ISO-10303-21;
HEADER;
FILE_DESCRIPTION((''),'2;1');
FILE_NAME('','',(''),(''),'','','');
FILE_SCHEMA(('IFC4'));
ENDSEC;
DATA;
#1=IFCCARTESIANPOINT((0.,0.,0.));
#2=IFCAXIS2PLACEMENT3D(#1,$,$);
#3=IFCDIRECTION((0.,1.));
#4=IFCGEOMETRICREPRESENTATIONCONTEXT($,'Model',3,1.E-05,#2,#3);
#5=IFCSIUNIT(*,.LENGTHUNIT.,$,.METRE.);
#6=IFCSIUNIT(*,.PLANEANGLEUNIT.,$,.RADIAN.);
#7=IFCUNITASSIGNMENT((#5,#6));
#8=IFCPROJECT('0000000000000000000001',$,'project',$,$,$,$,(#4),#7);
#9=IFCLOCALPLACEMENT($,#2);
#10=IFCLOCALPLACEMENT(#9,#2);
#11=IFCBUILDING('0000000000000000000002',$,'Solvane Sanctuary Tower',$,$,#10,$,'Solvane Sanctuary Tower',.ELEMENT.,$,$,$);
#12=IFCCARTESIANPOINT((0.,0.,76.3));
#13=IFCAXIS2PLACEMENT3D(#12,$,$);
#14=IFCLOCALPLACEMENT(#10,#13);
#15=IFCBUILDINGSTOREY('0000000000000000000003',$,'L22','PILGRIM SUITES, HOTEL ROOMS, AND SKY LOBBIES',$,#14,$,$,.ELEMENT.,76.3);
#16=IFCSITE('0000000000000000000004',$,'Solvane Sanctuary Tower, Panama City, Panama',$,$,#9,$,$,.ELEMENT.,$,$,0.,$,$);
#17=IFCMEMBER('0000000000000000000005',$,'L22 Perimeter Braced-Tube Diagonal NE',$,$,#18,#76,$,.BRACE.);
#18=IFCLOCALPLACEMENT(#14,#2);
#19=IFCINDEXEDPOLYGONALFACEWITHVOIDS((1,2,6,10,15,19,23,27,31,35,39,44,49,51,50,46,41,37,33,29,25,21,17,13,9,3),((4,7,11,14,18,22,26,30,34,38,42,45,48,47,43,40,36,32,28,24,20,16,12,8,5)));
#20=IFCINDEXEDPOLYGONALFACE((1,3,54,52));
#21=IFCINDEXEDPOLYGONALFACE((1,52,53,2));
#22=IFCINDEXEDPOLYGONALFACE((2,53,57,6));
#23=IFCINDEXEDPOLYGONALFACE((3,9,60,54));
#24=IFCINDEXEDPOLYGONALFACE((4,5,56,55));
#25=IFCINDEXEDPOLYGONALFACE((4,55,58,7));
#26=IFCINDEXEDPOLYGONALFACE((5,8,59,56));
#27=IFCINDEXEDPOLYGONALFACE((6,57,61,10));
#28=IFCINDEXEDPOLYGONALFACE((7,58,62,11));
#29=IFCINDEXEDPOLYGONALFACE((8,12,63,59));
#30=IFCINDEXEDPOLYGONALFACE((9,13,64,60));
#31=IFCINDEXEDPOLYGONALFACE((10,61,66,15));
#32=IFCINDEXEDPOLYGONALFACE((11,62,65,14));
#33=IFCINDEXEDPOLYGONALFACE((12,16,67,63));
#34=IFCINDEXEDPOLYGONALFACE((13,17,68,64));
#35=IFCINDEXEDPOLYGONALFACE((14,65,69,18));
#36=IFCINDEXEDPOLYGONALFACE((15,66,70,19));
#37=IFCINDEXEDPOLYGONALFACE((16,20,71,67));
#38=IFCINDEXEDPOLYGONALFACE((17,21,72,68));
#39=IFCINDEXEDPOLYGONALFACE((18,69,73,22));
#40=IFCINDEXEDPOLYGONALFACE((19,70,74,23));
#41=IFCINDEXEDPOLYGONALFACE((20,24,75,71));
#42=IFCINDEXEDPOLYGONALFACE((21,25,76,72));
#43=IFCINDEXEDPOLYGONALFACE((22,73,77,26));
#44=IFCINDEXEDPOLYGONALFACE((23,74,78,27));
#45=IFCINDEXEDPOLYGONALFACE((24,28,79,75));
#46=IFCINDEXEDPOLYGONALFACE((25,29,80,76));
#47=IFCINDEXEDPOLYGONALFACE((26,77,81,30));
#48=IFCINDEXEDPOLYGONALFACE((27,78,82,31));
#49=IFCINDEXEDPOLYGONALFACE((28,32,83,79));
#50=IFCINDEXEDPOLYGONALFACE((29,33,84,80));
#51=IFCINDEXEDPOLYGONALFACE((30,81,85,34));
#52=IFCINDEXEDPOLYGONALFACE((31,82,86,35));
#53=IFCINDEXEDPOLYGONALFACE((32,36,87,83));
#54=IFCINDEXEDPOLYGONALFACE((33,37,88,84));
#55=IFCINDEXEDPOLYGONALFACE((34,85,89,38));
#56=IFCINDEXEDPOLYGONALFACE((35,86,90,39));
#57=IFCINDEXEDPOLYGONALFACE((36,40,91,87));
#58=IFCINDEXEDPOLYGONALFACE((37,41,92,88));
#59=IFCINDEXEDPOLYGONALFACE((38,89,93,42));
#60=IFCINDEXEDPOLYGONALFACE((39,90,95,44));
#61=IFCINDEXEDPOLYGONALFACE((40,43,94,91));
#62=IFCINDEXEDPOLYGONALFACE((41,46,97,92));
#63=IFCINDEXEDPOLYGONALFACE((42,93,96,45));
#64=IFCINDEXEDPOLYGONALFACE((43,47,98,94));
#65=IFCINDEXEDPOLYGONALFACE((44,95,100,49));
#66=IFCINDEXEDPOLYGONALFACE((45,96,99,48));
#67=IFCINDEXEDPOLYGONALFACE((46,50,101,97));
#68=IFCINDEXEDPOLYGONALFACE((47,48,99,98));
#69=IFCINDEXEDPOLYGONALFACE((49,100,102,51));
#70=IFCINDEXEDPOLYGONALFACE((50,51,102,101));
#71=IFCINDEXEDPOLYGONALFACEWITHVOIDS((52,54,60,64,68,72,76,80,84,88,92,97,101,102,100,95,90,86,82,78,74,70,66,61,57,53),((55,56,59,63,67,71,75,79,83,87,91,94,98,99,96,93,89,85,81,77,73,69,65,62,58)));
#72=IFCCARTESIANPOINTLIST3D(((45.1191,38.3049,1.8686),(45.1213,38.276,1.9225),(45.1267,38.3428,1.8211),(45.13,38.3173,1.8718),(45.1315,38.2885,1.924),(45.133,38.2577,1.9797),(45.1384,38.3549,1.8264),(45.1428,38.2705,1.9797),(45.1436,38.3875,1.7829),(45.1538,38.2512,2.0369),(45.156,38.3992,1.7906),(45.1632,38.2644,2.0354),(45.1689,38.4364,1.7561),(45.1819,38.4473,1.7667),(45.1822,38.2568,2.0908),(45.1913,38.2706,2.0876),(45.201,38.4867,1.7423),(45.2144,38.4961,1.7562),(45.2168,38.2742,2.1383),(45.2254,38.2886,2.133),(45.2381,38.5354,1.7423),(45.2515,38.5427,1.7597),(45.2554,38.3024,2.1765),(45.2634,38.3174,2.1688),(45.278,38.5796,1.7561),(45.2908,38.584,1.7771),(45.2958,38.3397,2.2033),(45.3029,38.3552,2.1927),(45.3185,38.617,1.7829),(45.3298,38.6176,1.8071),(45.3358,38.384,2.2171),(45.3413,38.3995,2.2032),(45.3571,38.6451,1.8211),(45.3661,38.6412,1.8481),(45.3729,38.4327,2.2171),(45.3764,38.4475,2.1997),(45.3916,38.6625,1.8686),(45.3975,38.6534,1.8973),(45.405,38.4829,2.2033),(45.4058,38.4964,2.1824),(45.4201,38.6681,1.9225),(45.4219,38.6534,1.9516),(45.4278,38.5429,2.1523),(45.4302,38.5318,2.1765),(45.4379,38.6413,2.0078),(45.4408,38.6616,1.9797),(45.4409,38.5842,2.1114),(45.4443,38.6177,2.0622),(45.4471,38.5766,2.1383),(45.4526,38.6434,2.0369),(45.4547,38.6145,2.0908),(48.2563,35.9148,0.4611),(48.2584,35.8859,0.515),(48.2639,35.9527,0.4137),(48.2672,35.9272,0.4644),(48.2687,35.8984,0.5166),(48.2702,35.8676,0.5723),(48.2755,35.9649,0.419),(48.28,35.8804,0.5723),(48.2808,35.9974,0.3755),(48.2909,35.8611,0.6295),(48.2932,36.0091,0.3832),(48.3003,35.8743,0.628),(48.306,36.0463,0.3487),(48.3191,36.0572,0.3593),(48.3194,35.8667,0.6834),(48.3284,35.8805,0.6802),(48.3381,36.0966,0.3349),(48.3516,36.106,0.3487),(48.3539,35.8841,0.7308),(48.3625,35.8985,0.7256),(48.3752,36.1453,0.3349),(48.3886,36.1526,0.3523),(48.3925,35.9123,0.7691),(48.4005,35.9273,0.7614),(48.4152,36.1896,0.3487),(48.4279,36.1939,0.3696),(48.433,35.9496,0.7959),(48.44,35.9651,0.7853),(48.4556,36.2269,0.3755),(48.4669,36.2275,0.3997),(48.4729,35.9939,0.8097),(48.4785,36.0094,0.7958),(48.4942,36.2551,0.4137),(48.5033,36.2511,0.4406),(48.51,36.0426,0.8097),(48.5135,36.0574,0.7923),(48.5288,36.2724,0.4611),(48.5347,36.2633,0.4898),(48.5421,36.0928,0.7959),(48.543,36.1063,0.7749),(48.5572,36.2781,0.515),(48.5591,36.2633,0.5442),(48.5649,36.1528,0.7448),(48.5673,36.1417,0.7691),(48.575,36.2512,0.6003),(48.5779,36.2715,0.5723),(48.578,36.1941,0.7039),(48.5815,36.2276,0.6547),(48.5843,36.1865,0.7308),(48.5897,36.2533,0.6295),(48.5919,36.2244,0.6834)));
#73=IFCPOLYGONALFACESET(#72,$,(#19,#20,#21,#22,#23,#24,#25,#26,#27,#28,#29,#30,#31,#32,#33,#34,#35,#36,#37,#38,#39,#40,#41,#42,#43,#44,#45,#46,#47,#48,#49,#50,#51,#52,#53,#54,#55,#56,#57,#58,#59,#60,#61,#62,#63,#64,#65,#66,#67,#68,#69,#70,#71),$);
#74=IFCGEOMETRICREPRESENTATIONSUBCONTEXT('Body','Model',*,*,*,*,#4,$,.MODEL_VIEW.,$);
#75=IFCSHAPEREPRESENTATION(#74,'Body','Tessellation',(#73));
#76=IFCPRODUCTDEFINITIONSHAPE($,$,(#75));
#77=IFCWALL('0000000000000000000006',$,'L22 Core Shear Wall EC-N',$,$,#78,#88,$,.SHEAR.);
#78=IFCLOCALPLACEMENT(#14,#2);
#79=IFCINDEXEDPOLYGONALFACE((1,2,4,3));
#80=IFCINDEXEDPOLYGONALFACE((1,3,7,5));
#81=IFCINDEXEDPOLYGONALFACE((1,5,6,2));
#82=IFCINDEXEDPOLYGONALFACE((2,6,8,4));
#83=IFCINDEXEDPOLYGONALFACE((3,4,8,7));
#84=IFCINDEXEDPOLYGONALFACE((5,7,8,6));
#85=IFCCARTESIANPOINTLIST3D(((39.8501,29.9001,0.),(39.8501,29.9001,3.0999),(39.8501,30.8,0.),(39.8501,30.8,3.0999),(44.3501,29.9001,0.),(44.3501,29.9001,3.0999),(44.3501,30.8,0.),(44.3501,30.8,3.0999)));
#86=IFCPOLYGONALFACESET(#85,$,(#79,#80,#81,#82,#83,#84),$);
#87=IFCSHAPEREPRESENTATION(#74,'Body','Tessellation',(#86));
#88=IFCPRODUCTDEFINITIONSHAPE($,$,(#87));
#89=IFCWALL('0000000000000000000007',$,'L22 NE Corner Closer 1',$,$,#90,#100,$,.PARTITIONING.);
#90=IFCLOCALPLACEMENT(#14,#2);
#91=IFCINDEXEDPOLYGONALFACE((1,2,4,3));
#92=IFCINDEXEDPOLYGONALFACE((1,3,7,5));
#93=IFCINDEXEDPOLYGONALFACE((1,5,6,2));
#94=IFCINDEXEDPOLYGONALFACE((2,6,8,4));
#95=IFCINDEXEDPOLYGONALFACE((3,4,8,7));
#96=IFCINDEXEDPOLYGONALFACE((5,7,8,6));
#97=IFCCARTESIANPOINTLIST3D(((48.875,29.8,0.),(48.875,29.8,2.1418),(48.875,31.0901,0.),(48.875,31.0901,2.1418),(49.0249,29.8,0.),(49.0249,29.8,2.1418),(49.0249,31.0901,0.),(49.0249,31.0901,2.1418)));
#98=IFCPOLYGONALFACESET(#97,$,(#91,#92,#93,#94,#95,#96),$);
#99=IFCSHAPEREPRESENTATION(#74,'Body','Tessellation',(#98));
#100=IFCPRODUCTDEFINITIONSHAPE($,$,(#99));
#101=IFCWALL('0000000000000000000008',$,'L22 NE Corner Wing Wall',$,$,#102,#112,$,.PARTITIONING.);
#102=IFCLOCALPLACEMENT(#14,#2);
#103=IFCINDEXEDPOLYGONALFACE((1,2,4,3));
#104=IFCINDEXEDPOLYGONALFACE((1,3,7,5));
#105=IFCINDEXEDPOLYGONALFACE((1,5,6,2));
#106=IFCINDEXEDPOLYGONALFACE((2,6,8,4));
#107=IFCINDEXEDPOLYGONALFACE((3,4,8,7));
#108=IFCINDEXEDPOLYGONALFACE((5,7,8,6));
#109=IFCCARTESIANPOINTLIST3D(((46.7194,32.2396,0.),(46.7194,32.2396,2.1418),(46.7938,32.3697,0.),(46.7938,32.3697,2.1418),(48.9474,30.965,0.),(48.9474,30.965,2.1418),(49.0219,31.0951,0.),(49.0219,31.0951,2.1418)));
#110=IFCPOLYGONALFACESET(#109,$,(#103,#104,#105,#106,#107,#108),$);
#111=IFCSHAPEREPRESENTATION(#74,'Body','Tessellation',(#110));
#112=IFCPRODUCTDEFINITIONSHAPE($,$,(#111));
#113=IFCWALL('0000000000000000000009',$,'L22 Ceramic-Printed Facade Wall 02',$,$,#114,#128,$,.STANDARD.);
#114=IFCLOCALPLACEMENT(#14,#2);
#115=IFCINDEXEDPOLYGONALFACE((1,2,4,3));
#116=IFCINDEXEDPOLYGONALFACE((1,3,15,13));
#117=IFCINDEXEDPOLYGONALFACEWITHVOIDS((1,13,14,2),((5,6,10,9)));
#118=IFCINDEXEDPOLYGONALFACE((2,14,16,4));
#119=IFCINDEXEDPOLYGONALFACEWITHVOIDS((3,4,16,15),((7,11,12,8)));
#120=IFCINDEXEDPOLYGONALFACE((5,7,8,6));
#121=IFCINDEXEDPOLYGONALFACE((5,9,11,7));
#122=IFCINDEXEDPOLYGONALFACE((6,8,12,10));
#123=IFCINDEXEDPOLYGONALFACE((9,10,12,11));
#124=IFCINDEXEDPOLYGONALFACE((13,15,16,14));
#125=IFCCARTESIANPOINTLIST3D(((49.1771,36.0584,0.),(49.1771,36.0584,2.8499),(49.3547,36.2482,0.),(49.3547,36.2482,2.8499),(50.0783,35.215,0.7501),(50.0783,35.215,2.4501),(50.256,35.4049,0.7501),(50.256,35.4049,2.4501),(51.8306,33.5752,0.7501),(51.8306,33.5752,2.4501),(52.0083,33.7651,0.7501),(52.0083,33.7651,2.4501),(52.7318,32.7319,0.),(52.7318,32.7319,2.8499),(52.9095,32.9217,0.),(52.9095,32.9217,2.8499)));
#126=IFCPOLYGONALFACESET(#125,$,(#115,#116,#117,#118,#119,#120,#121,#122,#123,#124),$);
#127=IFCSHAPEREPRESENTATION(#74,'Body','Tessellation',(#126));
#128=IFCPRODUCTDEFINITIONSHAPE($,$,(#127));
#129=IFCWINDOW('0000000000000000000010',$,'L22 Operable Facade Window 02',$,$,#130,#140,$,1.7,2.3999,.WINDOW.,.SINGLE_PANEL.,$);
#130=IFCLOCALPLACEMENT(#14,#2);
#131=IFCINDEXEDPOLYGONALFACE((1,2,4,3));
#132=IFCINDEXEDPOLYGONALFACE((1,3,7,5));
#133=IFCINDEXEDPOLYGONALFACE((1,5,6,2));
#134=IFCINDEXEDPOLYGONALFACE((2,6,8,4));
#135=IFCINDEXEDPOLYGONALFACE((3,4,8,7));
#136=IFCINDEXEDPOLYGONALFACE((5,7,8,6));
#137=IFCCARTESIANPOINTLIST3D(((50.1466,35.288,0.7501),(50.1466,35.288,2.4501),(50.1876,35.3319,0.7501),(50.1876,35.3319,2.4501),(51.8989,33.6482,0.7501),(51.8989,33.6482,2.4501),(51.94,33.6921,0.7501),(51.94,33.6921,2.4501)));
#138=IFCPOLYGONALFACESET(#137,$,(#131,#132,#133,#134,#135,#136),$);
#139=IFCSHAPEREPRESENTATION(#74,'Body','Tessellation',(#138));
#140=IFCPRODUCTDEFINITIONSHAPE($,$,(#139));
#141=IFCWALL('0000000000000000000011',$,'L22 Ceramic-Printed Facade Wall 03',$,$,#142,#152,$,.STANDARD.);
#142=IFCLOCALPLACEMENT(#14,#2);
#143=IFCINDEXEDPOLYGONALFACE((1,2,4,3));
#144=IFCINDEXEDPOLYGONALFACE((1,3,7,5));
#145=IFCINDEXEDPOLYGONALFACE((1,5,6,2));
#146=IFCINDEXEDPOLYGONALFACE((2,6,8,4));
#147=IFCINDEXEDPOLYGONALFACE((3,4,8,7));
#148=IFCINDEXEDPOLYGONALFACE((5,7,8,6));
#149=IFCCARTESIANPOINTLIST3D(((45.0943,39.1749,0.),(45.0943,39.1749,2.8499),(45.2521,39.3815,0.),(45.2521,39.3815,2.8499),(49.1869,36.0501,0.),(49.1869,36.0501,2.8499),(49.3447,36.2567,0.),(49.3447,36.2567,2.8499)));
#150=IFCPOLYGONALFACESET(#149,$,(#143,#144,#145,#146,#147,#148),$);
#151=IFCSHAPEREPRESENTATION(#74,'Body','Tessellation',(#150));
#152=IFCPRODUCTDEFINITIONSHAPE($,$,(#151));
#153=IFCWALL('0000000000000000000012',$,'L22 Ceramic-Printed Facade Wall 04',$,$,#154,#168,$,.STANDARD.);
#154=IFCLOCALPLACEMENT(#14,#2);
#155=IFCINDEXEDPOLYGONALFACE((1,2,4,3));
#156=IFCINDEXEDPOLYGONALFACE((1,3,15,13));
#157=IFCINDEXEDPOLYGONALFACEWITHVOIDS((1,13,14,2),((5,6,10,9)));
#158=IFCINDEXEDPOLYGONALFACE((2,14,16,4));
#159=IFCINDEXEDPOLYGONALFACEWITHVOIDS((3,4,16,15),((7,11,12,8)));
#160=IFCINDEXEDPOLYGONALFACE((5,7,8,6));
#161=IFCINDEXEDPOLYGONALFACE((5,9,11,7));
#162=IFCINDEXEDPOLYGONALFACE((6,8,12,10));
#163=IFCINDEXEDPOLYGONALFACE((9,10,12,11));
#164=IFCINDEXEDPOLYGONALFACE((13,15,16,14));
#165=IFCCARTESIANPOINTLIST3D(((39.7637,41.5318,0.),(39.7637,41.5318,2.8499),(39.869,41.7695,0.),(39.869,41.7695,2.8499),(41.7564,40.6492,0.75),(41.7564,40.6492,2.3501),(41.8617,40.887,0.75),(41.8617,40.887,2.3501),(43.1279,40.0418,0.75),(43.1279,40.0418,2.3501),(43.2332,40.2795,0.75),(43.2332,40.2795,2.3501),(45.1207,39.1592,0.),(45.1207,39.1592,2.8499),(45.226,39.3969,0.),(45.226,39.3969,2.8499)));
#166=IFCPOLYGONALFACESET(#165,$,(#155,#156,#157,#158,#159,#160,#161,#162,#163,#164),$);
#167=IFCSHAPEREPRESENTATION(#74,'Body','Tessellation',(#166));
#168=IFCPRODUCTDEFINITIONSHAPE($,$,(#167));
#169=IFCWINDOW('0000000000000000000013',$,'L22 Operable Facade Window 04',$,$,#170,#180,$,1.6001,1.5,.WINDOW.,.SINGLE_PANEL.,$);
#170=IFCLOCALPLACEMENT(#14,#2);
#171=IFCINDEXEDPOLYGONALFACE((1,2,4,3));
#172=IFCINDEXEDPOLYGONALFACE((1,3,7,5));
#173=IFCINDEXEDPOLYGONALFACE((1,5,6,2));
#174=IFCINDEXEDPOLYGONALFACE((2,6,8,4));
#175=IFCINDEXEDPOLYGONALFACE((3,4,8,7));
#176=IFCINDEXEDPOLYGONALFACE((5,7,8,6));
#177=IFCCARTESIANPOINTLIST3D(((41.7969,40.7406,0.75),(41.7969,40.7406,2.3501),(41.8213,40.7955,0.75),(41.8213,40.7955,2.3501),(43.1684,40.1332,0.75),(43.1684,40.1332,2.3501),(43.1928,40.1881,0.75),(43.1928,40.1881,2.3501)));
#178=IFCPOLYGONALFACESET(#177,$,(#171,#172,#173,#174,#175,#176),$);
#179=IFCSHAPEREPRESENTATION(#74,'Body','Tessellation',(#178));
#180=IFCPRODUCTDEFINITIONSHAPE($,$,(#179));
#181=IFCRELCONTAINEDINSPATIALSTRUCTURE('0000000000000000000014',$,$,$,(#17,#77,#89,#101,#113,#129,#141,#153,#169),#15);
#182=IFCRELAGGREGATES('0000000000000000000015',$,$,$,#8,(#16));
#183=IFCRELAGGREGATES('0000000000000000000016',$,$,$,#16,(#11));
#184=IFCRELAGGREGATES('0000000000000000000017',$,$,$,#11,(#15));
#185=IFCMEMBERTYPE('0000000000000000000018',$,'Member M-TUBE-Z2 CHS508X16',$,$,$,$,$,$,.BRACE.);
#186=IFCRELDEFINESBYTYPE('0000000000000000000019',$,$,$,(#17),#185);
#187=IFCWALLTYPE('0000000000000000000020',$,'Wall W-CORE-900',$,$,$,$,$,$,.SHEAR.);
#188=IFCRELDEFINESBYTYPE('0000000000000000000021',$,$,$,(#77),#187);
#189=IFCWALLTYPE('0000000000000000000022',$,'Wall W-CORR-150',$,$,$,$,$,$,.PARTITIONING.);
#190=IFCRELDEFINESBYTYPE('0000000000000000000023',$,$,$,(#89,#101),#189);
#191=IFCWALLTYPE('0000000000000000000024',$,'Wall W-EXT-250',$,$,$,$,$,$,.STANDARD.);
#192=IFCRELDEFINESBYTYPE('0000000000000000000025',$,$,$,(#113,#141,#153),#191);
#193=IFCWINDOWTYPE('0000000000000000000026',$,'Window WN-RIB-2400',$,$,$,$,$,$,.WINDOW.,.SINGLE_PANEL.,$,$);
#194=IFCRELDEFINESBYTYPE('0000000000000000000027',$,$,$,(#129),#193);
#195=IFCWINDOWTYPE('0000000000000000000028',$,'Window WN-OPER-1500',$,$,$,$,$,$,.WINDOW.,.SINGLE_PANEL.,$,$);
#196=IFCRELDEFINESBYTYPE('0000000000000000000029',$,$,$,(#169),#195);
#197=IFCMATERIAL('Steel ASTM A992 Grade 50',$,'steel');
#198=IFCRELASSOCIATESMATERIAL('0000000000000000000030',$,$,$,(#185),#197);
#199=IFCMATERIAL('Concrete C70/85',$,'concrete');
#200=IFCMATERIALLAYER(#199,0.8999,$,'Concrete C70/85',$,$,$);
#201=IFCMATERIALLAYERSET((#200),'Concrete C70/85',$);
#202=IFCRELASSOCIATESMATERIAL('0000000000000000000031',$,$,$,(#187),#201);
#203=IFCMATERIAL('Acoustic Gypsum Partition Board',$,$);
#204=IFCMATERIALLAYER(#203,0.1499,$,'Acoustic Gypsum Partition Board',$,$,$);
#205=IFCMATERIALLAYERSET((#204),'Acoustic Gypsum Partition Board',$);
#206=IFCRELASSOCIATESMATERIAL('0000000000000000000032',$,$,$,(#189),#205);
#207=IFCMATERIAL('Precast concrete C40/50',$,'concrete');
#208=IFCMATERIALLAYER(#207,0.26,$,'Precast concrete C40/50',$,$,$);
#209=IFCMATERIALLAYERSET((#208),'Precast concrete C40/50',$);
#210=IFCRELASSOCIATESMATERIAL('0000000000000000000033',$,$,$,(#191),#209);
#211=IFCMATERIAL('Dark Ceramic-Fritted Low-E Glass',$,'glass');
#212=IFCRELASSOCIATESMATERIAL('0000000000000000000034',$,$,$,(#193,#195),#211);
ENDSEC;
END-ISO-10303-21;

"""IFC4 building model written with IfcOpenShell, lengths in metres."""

from ifc_helpers import new_model, si_unit, direction, frame, frame_2d, origin, origin_2d, place, context, subcontext, project, spatial, rectangle, hollow_circle, extrude, material, layer, layer_set, material_profile, profile_set, type_object, element, fill, save


model = new_model("IFC4")

# Units and contexts
model_context = context("Model", 3, precision=1e-05, world=origin(), true_north=direction((0.0, 1.0)))
body_context = subcontext(model_context, "Body", "Model", "MODEL_VIEW")
ifc_project = project(units=[si_unit("LENGTHUNIT", "METRE"), si_unit("PLANEANGLEUNIT", "RADIAN")], contexts=[model_context])

# Site, building, storey
site_placement = place(None, origin())
site = spatial("IfcSite", under=ifc_project, at=site_placement, Name="Solvane Sanctuary Tower, Panama City, Panama", CompositionType="ELEMENT", RefElevation=0.0)
building_placement = place(site_placement, origin())
building = spatial("IfcBuilding", under=site, at=building_placement, Name="Solvane Sanctuary Tower", LongName="Solvane Sanctuary Tower", CompositionType="ELEMENT")
storey_placement = place(building_placement, frame((0.0, 0.0, 76.3)))
storey = spatial("IfcBuildingStorey", under=building, at=storey_placement, Name="L22", Description="PILGRIM SUITES, HOTEL ROOMS, AND SKY LOBBIES", CompositionType="ELEMENT", Elevation=76.3)

# Shared definitions
ifc_material_1 = material(Name="Concrete C70/85", Category="concrete")

# Shared definitions
ifc_material_2 = material(Name="Steel ASTM A992 Grade 50", Category="steel")

# Member
ifc_material_profile_1 = material_profile(ifc_material_2, hollow_circle(Radius=0.2539, WallThickness=0.0161, at=origin_2d()), Name="CHS508X16")
ifc_profile_set_1 = profile_set([ifc_material_profile_1], Name="Steel ASTM A992 Grade 50")
member_type = type_object("IfcMemberType", Name="Member M-TUBE-Z2 CHS508X16", PredefinedType="BRACE", material=ifc_profile_set_1)
member_placement = place(storey_placement, frame((48.4241, 36.0696, 0.5723), z_axis=(-0.74917, 0.570769, 0.336106), x_axis=(-0.606025, -0.795446, 0.0)))
element("IfcMember", 1, at=member_placement, inside=storey, type_object=member_type, Name="L22 Perimeter Braced-Tube Diagonal NE", PredefinedType="BRACE", context=body_context, shape_type="SweptSolid", body=[
    extrude(hollow_circle(Radius=0.2539, WallThickness=0.0161, at=origin_2d()), origin(), (0.0, 0.0, 1.0), 4.1875),
])

# Walls
ifc_layer_1 = layer(ifc_material_1, 0.8999, Name="Concrete C70/85")
ifc_layer_set_1 = layer_set([ifc_layer_1], Name="Concrete C70/85")
wall_type_1 = type_object("IfcWallType", Name="Wall W-CORE-900", PredefinedType="SHEAR", material=ifc_layer_set_1)
wall_1_placement = place(storey_placement, frame((39.8501, 30.3501, 0.0), z_axis=(0.0, 0.0, 1.0), x_axis=(1.0, 0.0, 0.0)))
element("IfcWall", 2, at=wall_1_placement, inside=storey, type_object=wall_type_1, Name="L22 Core Shear Wall EC-N", PredefinedType="SHEAR", context=body_context, shape_type="SweptSolid", body=[
    extrude(rectangle(XDim=4.5, YDim=0.8999, at=frame_2d((2.25, 0.0))), origin(), (0.0, 0.0, 1.0), 3.0999),
])
ifc_material_3 = material(Name="Acoustic Gypsum Partition Board")
ifc_layer_2 = layer(ifc_material_3, 0.1499, Name="Acoustic Gypsum Partition Board")
ifc_layer_set_2 = layer_set([ifc_layer_2], Name="Acoustic Gypsum Partition Board")
wall_type_2 = type_object("IfcWallType", Name="Wall W-CORR-150", PredefinedType="PARTITIONING", material=ifc_layer_set_2)
wall_2_placement = place(storey_placement, frame((48.95, 29.8, 0.0), z_axis=(0.0, 0.0, 1.0), x_axis=(0.0, 1.0, 0.0)))
element("IfcWall", 3, at=wall_2_placement, inside=storey, type_object=wall_type_2, Name="L22 NE Corner Closer 1", PredefinedType="PARTITIONING", context=body_context, shape_type="SweptSolid", body=[
    extrude(rectangle(XDim=1.29, YDim=0.1499, at=frame_2d((0.645, 0.0))), origin(), (0.0, 0.0, 1.0), 2.1418),
])
wall_3_placement = place(storey_placement, frame((46.7566, 32.3047, 0.0), z_axis=(0.0, 0.0, 1.0), x_axis=(0.867991, -0.496579, 0.0)))
element("IfcWall", 4, at=wall_3_placement, inside=storey, type_object=wall_type_2, Name="L22 NE Corner Wing Wall", PredefinedType="PARTITIONING", context=body_context, shape_type="SweptSolid", body=[
    extrude(rectangle(XDim=2.5669, YDim=0.1499, at=frame_2d((1.2834, 0.0))), origin(), (0.0, 0.0, 1.0), 2.1418),
])

# Wall, opening, window
ifc_material_4 = material(Name="Precast concrete C40/50", Category="concrete")
ifc_layer_3 = layer(ifc_material_4, 0.26, Name="Precast concrete C40/50")
ifc_layer_set_3 = layer_set([ifc_layer_3], Name="Precast concrete C40/50")
wall_type_3 = type_object("IfcWallType", Name="Wall W-EXT-250", PredefinedType="STANDARD", material=ifc_layer_set_3)
wall_4_placement = place(storey_placement, frame((52.8206, 32.8269, 0.0), z_axis=(0.0, 0.0, 1.0), x_axis=(-0.730162, 0.683274, 0.0)))
wall_4 = element("IfcWall", 5, at=wall_4_placement, inside=storey, type_object=wall_type_3, Name="L22 Ceramic-Printed Facade Wall 02", PredefinedType="STANDARD", context=body_context, shape_type="SweptSolid", body=[
    extrude(rectangle(XDim=4.8684, YDim=0.26, at=frame_2d((2.4341, 0.0))), origin(), (0.0, 0.0, 1.0), 2.8499),
])
opening_1_placement = place(wall_4_placement, frame((1.2341, 0.0, 0.75)))
opening_1 = element("IfcOpeningElement", 6, at=opening_1_placement, cuts=wall_4, PredefinedType="OPENING", context=body_context, shape_type="SweptSolid", body=[
    extrude(rectangle(XDim=2.3999, YDim=1.7, at=frame_2d((1.2, 0.8501))), frame((0.0, 0.1399, 0.0), z_axis=(0.0, -1.0, 0.0), x_axis=(1.0, 0.0, 0.0)), (0.0, 0.0, 1.0), 0.28),
])
ifc_material_5 = material(Name="Dark Ceramic-Fritted Low-E Glass", Category="glass")
window_type_1 = type_object("IfcWindowType", Name="Window WN-RIB-2400", PartitioningType="SINGLE_PANEL", PredefinedType="WINDOW", material=ifc_material_5)
window_1_placement = place(opening_1_placement, origin())
window_1 = element("IfcWindow", 7, at=window_1_placement, inside=storey, type_object=window_type_1, Name="L22 Operable Facade Window 02", OverallHeight=1.7, OverallWidth=2.3999, PartitioningType="SINGLE_PANEL", PredefinedType="WINDOW", context=body_context, shape_type="SweptSolid", body=[
    extrude(rectangle(XDim=2.3999, YDim=1.7, at=frame_2d((1.2, 0.8501))), frame((0.0, 0.03, 0.0), z_axis=(0.0, -1.0, 0.0), x_axis=(1.0, 0.0, 0.0)), (0.0, 0.0, 1.0), 0.0601),
])
fill(opening_1, window_1)

# Wall
wall_5_placement = place(storey_placement, frame((49.2659, 36.1533, 0.0), z_axis=(0.0, 0.0, 1.0), x_axis=(-0.79481, 0.606859, 0.0)))
element("IfcWall", 8, at=wall_5_placement, inside=storey, type_object=wall_type_3, Name="L22 Ceramic-Printed Facade Wall 03", PredefinedType="STANDARD", context=body_context, shape_type="SweptSolid", body=[
    extrude(rectangle(XDim=5.1492, YDim=0.26, at=frame_2d((2.5747, 0.0))), origin(), (0.0, 0.0, 1.0), 2.8499),
])

# Wall, opening, window
wall_6_placement = place(storey_placement, frame((45.1733, 39.2781, 0.0), z_axis=(0.0, 0.0, 1.0), x_axis=(-0.914337, 0.404955, 0.0)))
wall_6 = element("IfcWall", 9, at=wall_6_placement, inside=storey, type_object=wall_type_3, Name="L22 Ceramic-Printed Facade Wall 04", PredefinedType="STANDARD", context=body_context, shape_type="SweptSolid", body=[
    extrude(rectangle(XDim=5.8589, YDim=0.26, at=frame_2d((2.9294, 0.0))), origin(), (0.0, 0.0, 1.0), 2.8499),
])
opening_2_placement = place(wall_6_placement, frame((2.1794, 0.0, 0.75)))
opening_2 = element("IfcOpeningElement", 10, at=opening_2_placement, cuts=wall_6, PredefinedType="OPENING", context=body_context, shape_type="SweptSolid", body=[
    extrude(rectangle(XDim=1.5, YDim=1.6001, at=frame_2d((0.75, 0.8))), frame((0.0, 0.1399, 0.0), z_axis=(0.0, -1.0, 0.0), x_axis=(1.0, 0.0, 0.0)), (0.0, 0.0, 1.0), 0.28),
])
window_type_2 = type_object("IfcWindowType", Name="Window WN-OPER-1500", PartitioningType="SINGLE_PANEL", PredefinedType="WINDOW", material=ifc_material_5)
window_2_placement = place(opening_2_placement, origin())
window_2 = element("IfcWindow", 11, at=window_2_placement, inside=storey, type_object=window_type_2, Name="L22 Operable Facade Window 04", OverallHeight=1.6001, OverallWidth=1.5, PartitioningType="SINGLE_PANEL", PredefinedType="WINDOW", context=body_context, shape_type="SweptSolid", body=[
    extrude(rectangle(XDim=1.5, YDim=1.6001, at=frame_2d((0.75, 0.8))), frame((0.0, 0.03, 0.0), z_axis=(0.0, -1.0, 0.0), x_axis=(1.0, 0.0, 0.0)), (0.0, 0.0, 1.0), 0.0601),
])
fill(opening_2, window_2)

save(model, "model.ifc")
